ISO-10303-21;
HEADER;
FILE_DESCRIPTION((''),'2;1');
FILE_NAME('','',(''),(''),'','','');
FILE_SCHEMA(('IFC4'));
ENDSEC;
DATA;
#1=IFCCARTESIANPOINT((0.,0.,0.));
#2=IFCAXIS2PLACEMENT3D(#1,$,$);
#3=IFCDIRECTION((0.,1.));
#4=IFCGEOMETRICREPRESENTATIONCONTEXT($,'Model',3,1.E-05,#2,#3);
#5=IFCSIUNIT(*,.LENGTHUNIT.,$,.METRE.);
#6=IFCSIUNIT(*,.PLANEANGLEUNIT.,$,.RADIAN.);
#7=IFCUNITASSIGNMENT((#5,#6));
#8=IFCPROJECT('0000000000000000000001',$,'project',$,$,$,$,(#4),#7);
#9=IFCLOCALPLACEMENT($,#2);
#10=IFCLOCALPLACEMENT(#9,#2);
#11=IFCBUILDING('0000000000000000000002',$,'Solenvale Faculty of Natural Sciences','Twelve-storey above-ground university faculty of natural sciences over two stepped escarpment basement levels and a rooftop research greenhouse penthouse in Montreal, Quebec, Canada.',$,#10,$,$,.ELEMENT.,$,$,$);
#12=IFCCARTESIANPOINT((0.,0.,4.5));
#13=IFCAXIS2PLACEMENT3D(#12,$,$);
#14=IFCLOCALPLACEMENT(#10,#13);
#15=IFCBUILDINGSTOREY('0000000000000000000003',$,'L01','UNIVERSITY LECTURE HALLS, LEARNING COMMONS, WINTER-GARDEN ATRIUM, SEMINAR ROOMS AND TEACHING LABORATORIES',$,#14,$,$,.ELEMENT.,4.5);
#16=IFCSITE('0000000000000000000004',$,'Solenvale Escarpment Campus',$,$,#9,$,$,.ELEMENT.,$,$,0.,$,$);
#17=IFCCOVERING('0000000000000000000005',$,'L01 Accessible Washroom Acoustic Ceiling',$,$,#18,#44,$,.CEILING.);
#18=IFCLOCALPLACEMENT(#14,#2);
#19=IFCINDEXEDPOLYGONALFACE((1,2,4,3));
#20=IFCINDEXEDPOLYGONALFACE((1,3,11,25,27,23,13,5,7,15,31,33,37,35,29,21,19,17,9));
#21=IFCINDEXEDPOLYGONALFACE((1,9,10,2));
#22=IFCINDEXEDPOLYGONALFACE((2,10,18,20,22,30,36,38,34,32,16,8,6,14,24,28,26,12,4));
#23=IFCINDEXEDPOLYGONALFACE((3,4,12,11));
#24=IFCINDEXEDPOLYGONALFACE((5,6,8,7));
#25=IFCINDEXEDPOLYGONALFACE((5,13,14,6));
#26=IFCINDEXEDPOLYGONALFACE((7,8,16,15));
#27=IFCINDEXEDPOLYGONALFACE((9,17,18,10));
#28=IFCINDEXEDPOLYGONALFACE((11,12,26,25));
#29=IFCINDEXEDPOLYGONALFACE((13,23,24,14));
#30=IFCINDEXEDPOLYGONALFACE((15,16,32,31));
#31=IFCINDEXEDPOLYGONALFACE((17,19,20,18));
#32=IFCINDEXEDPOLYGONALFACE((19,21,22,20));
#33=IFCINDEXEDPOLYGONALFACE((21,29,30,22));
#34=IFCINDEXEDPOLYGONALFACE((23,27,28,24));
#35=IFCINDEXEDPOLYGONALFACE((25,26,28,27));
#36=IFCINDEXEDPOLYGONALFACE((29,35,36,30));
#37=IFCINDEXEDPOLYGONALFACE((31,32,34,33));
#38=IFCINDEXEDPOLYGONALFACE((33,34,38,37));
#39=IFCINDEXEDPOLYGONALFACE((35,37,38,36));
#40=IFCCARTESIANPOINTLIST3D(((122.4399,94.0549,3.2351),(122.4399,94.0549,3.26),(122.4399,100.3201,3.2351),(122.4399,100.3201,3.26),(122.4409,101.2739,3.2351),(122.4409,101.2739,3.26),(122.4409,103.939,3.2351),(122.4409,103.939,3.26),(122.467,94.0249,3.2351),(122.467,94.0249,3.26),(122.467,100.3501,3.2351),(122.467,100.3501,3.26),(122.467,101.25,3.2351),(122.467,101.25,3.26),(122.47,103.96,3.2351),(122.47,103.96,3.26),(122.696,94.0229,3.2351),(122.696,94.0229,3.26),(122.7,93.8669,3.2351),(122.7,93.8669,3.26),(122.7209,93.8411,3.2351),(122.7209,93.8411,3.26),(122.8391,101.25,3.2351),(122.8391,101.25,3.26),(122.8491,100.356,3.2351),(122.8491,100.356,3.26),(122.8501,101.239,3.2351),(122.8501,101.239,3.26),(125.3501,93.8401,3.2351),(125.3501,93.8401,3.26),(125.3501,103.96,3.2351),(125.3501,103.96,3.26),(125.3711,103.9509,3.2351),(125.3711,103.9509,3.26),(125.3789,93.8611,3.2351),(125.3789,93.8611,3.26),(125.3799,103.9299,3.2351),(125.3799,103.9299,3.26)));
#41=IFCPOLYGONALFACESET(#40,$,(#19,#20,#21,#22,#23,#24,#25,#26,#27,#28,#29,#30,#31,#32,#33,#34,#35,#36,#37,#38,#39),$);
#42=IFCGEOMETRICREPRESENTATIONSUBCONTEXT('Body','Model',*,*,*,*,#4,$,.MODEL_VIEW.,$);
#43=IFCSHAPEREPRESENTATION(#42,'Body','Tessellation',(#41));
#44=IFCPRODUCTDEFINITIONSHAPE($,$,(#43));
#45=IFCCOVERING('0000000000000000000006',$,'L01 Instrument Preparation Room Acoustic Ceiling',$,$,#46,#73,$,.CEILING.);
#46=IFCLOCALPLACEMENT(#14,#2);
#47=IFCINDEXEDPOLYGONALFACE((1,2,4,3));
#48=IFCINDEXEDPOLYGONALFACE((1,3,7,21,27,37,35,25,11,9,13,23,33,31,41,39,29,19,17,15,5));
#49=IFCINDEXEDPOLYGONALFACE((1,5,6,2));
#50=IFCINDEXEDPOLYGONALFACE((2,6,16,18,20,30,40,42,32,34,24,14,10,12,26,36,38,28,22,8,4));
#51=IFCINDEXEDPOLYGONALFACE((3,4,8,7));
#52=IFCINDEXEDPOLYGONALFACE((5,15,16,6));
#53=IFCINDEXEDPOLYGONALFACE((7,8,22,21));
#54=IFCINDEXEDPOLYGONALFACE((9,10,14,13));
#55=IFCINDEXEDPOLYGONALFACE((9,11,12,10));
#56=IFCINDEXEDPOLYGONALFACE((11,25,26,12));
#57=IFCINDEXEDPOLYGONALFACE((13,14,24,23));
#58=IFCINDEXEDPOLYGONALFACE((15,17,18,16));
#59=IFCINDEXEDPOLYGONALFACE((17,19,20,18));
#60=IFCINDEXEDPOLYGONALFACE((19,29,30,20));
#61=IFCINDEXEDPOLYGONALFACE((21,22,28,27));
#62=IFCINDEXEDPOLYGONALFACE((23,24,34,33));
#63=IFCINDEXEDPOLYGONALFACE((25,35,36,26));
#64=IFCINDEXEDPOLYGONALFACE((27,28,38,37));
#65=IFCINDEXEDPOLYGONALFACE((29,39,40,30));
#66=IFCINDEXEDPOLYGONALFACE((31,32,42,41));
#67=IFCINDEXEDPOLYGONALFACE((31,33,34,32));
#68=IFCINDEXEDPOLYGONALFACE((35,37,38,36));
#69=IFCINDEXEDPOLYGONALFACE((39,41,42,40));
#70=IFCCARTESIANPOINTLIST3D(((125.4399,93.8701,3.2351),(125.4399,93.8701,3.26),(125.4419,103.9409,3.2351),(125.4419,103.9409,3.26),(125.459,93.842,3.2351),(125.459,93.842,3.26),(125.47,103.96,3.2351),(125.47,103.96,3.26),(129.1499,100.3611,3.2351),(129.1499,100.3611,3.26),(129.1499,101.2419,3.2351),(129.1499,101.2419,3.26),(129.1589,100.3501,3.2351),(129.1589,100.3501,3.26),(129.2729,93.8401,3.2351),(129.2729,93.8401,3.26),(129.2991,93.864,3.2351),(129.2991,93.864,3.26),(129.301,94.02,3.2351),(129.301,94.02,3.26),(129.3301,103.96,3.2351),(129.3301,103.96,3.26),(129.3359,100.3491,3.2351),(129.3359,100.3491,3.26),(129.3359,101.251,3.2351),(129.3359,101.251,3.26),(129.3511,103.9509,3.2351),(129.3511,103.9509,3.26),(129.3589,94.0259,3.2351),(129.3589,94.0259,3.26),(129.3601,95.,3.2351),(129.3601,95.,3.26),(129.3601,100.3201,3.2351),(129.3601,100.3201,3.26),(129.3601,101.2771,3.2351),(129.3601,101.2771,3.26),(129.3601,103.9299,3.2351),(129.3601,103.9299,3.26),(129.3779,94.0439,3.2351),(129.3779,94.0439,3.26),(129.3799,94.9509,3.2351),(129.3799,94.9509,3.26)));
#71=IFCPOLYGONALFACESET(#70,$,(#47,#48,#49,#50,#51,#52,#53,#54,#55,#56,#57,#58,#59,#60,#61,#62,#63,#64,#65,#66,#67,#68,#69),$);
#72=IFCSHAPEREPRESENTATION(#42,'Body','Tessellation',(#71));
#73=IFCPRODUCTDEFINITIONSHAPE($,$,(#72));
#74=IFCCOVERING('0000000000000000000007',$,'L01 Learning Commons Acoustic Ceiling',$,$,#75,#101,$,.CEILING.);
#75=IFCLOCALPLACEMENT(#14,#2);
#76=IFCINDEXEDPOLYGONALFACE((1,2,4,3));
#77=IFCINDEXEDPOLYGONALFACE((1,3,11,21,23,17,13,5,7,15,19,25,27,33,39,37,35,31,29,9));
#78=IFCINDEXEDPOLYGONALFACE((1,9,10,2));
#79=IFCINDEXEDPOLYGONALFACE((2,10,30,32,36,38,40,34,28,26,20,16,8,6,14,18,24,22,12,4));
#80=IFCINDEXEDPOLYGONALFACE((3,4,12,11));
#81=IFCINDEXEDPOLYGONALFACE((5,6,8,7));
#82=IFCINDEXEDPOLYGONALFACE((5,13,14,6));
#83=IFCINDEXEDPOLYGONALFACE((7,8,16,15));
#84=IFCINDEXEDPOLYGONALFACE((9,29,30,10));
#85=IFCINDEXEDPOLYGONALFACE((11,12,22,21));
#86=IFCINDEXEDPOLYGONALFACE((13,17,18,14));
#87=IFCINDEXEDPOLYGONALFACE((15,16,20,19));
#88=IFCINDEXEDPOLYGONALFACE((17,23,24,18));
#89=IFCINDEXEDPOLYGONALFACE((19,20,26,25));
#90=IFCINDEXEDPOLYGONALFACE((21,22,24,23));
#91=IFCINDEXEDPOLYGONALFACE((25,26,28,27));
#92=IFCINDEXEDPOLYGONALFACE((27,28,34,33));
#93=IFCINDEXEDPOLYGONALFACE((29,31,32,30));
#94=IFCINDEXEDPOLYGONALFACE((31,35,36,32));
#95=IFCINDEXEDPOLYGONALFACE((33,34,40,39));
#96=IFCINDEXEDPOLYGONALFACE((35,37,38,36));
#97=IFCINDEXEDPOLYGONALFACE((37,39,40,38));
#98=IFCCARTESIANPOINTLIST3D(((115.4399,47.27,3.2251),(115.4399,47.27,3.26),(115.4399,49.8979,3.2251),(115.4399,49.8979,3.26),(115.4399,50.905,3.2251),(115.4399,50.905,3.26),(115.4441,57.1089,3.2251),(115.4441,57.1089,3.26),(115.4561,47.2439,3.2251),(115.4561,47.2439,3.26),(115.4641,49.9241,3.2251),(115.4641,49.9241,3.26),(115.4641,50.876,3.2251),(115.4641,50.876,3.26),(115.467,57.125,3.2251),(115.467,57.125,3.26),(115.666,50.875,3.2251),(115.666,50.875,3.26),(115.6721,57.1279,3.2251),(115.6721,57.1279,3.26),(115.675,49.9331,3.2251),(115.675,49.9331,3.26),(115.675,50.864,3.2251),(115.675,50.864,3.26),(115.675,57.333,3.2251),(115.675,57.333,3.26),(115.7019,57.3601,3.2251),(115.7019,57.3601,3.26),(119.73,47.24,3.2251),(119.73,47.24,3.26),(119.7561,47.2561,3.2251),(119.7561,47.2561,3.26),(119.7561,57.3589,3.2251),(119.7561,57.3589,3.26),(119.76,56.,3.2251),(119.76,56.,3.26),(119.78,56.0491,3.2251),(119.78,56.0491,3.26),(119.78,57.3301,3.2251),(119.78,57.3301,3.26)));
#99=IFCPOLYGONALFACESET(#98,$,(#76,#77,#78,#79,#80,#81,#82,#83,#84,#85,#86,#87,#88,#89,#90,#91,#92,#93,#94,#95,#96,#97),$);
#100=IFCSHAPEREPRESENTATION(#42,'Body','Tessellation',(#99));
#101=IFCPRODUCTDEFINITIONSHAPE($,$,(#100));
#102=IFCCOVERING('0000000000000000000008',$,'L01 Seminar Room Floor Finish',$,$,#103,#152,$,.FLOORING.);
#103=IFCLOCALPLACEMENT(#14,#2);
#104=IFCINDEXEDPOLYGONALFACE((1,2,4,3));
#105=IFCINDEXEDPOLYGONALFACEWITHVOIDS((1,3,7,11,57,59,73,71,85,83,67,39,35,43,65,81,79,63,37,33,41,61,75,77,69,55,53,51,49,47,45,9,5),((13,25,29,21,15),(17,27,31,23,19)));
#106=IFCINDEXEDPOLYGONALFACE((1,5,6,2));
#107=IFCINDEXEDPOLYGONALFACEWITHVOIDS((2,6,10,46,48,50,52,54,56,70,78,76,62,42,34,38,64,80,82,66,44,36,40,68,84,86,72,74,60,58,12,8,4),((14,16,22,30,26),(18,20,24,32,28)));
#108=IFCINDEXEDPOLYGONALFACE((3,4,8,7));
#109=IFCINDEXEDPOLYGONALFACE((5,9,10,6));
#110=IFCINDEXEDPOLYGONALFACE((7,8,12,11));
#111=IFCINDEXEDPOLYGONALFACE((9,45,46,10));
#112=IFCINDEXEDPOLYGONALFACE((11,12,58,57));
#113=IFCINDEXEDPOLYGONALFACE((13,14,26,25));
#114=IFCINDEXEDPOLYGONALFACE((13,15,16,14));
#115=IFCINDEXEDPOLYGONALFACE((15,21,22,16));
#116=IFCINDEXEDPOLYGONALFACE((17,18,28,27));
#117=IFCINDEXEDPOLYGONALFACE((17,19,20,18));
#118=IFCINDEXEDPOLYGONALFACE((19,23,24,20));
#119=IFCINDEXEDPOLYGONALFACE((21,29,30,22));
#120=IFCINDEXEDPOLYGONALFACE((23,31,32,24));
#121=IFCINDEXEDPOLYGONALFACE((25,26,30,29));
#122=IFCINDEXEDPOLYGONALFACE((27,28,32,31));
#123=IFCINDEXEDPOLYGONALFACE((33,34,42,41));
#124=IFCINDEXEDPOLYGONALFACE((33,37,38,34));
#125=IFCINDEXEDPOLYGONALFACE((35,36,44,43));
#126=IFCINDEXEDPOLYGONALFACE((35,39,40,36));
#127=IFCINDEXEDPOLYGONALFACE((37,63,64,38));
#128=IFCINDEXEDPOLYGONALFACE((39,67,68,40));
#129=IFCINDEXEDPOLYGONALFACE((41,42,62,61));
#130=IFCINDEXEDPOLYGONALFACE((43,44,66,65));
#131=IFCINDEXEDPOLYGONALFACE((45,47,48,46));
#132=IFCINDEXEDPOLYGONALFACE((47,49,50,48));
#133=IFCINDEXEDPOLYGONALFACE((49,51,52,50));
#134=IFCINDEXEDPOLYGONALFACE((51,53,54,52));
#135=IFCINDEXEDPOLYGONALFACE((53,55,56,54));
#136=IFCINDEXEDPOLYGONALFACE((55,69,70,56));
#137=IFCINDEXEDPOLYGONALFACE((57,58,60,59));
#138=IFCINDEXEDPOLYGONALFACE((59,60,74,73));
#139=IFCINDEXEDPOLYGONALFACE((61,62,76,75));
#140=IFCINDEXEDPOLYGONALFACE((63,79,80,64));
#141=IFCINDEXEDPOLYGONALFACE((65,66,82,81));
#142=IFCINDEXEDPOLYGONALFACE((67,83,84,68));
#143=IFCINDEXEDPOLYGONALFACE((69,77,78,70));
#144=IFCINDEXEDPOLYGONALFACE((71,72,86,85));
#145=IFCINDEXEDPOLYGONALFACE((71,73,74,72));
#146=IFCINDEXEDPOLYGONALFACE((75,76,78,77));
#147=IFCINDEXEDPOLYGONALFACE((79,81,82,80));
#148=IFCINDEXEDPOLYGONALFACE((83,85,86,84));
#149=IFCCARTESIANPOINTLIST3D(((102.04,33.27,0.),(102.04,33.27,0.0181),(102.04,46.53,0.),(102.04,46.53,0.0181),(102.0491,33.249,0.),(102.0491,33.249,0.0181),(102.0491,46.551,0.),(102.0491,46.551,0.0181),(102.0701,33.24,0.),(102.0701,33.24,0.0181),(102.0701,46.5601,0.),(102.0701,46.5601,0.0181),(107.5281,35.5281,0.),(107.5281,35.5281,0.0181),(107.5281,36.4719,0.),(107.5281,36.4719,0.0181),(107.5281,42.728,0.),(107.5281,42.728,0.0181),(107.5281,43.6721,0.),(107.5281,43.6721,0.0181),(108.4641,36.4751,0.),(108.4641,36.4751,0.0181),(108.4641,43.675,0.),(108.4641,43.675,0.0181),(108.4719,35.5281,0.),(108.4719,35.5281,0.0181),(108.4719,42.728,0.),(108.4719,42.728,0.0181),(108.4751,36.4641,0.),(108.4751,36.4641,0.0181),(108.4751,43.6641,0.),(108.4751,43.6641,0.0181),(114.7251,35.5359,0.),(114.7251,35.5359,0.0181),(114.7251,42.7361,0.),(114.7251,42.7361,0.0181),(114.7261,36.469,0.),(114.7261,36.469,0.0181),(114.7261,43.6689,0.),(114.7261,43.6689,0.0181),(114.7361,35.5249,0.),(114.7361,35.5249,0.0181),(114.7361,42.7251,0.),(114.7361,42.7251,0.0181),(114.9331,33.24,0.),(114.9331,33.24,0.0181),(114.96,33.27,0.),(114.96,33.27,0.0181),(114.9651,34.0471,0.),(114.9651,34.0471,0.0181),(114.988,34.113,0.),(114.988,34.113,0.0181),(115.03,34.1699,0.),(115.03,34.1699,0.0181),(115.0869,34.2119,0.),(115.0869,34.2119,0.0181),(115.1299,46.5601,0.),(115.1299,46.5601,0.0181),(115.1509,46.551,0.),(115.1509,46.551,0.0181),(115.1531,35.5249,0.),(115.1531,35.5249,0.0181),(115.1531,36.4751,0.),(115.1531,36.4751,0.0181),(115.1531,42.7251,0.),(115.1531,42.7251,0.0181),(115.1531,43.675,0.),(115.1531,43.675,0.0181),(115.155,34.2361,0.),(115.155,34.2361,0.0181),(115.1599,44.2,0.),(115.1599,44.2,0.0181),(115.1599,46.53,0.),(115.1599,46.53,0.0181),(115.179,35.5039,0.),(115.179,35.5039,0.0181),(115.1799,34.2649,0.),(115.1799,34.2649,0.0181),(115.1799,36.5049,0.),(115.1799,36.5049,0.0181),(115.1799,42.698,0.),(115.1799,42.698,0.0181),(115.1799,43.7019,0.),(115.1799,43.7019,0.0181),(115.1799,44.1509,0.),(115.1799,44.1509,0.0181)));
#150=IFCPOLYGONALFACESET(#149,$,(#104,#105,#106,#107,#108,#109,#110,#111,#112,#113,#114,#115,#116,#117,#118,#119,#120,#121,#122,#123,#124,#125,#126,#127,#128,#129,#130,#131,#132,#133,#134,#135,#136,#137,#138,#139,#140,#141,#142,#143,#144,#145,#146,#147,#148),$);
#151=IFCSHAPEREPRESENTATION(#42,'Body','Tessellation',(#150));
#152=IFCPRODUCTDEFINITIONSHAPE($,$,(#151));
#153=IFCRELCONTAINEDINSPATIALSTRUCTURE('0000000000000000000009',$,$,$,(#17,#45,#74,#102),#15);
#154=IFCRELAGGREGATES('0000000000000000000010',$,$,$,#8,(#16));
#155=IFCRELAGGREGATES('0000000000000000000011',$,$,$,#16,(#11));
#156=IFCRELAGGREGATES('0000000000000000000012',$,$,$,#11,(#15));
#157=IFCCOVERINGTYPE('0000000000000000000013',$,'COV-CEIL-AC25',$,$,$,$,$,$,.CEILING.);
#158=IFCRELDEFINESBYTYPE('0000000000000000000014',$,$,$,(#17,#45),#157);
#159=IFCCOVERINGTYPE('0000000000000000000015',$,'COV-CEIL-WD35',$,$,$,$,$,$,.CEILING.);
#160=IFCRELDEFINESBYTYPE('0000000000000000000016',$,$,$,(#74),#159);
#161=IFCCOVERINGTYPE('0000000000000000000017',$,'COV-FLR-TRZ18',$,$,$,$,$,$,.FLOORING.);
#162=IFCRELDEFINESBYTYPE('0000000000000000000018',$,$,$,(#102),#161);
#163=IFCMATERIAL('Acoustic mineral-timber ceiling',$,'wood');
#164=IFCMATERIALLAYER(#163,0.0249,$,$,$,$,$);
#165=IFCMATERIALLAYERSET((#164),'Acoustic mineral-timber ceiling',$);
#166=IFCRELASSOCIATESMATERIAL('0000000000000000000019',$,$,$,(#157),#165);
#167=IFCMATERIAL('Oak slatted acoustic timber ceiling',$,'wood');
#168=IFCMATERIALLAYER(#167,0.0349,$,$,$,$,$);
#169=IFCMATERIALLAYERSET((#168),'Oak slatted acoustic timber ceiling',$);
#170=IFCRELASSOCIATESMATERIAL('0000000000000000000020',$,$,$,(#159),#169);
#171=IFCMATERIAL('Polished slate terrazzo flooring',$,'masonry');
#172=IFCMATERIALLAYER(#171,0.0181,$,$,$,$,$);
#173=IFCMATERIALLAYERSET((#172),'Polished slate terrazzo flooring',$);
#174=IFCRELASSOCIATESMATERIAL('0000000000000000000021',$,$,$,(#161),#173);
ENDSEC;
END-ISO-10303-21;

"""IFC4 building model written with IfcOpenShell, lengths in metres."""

from ifc_helpers import new_model, si_unit, direction, frame, origin, place, context, subcontext, project, spatial, polyline, outline, extrude, material, layer, layer_set, type_object, element, save


model = new_model("IFC4")

# Units and contexts
model_context = context("Model", 3, precision=1e-05, world=origin(), true_north=direction((0.0, 1.0)))
body_context = subcontext(model_context, "Body", "Model", "MODEL_VIEW")
ifc_project = project(units=[si_unit("LENGTHUNIT", "METRE"), si_unit("PLANEANGLEUNIT", "RADIAN")], contexts=[model_context])

# Site, building, storey
site_placement = place(None, origin())
site = spatial("IfcSite", under=ifc_project, at=site_placement, Name="Solenvale Escarpment Campus", CompositionType="ELEMENT", RefElevation=0.0)
building_placement = place(site_placement, origin())
building = spatial("IfcBuilding", under=site, at=building_placement, Name="Solenvale Faculty of Natural Sciences", Description="Twelve-storey above-ground university faculty of natural sciences over two stepped escarpment basement levels and a rooftop research greenhouse penthouse in Montreal, Quebec, Canada.", CompositionType="ELEMENT")
storey_placement = place(building_placement, frame((0.0, 0.0, 4.5)))
storey = spatial("IfcBuildingStorey", under=building, at=storey_placement, Name="L01", Description="UNIVERSITY LECTURE HALLS, LEARNING COMMONS, WINTER-GARDEN ATRIUM, SEMINAR ROOMS AND TEACHING LABORATORIES", CompositionType="ELEMENT", Elevation=4.5)

# Coverings
ifc_material_1 = material(Name="Acoustic mineral-timber ceiling", Category="wood")
ifc_layer_1 = layer(ifc_material_1, 0.0249)
ifc_layer_set_1 = layer_set([ifc_layer_1], Name="Acoustic mineral-timber ceiling")
covering_type_1 = type_object("IfcCoveringType", Name="COV-CEIL-AC25", PredefinedType="CEILING", material=ifc_layer_set_1)
covering_1_placement = place(storey_placement, frame((0.0, 0.0, 3.2351)))
element("IfcCovering", 1, at=covering_1_placement, inside=storey, type_object=covering_type_1, Name="L01 Accessible Washroom Acoustic Ceiling", PredefinedType="CEILING", context=body_context, shape_type="SweptSolid", body=[
    extrude(outline(polyline([(125.3501, 103.96), (125.3711, 103.9509), (125.3799, 103.9299), (125.3789, 93.8611), (125.3501, 93.8401), (122.7209, 93.8411), (122.7, 93.8669), (122.696, 94.0229), (122.467, 94.0249), (122.4399, 94.0549), (122.4399, 100.3201), (122.467, 100.3501), (122.8491, 100.356), (122.8501, 101.239), (122.8391, 101.25), (122.467, 101.25), (122.4409, 101.2739), (122.4409, 103.939), (122.47, 103.96), (125.3501, 103.96)])), origin(), (0.0, 0.0, 1.0), 0.0249),
])
covering_2_placement = place(storey_placement, frame((0.0, 0.0, 3.2351)))
element("IfcCovering", 2, at=covering_2_placement, inside=storey, type_object=covering_type_1, Name="L01 Instrument Preparation Room Acoustic Ceiling", PredefinedType="CEILING", context=body_context, shape_type="SweptSolid", body=[
    extrude(outline(polyline([(129.3301, 103.96), (129.3511, 103.9509), (129.3601, 103.9299), (129.3601, 101.2771), (129.3359, 101.251), (129.1499, 101.2419), (129.1499, 100.3611), (129.1589, 100.3501), (129.3359, 100.3491), (129.3601, 100.3201), (129.3601, 95.0), (129.3799, 94.9509), (129.3779, 94.0439), (129.3589, 94.0259), (129.301, 94.02), (129.2991, 93.864), (129.2729, 93.8401), (125.459, 93.842), (125.4399, 93.8701), (125.4419, 103.9409), (125.47, 103.96), (129.3301, 103.96)])), origin(), (0.0, 0.0, 1.0), 0.0249),
])
ifc_material_2 = material(Name="Oak slatted acoustic timber ceiling", Category="wood")
ifc_layer_2 = layer(ifc_material_2, 0.0349)
ifc_layer_set_2 = layer_set([ifc_layer_2], Name="Oak slatted acoustic timber ceiling")
covering_type_2 = type_object("IfcCoveringType", Name="COV-CEIL-WD35", PredefinedType="CEILING", material=ifc_layer_set_2)
covering_3_placement = place(storey_placement, frame((0.0, 0.0, 3.2251)))
element("IfcCovering", 3, at=covering_3_placement, inside=storey, type_object=covering_type_2, Name="L01 Learning Commons Acoustic Ceiling", PredefinedType="CEILING", context=body_context, shape_type="SweptSolid", body=[
    extrude(outline(polyline([(119.78, 56.0491), (119.76, 56.0), (119.7561, 47.2561), (119.73, 47.24), (115.4561, 47.2439), (115.4399, 47.27), (115.4399, 49.8979), (115.4641, 49.9241), (115.675, 49.9331), (115.675, 50.864), (115.666, 50.875), (115.4641, 50.876), (115.4399, 50.905), (115.4441, 57.1089), (115.467, 57.125), (115.6721, 57.1279), (115.675, 57.333), (115.7019, 57.3601), (119.7561, 57.3589), (119.78, 57.3301), (119.78, 56.0491)])), origin(), (0.0, 0.0, 1.0), 0.0349),
])
ifc_material_3 = material(Name="Polished slate terrazzo flooring", Category="masonry")
ifc_layer_3 = layer(ifc_material_3, 0.0181)
ifc_layer_set_3 = layer_set([ifc_layer_3], Name="Polished slate terrazzo flooring")
covering_type_3 = type_object("IfcCoveringType", Name="COV-FLR-TRZ18", PredefinedType="FLOORING", material=ifc_layer_set_3)
covering_4_placement = place(storey_placement, origin())
element("IfcCovering", 4, at=covering_4_placement, inside=storey, type_object=covering_type_3, Name="L01 Seminar Room Floor Finish", PredefinedType="FLOORING", context=body_context, shape_type="SweptSolid", body=[
    extrude(outline(polyline([(115.155, 34.2361), (115.0869, 34.2119), (115.03, 34.1699), (114.988, 34.113), (114.9651, 34.0471), (114.96, 33.27), (114.9331, 33.24), (102.0701, 33.24), (102.0491, 33.249), (102.04, 33.27), (102.04, 46.53), (102.0491, 46.551), (102.0701, 46.5601), (115.1299, 46.5601), (115.1509, 46.551), (115.1599, 46.53), (115.1599, 44.2), (115.1799, 44.1509), (115.1799, 43.7019), (115.1531, 43.675), (114.7261, 43.6689), (114.7251, 42.7361), (114.7361, 42.7251), (115.1531, 42.7251), (115.1799, 42.698), (115.1799, 36.5049), (115.1531, 36.4751), (114.7261, 36.469), (114.7251, 35.5359), (114.7361, 35.5249), (115.1531, 35.5249), (115.179, 35.5039), (115.1799, 34.2649), (115.155, 34.2361)]), holes=[polyline([(108.4751, 36.4641), (108.4641, 36.4751), (107.5281, 36.4719), (107.5281, 35.5281), (108.4719, 35.5281), (108.4751, 36.4641)]), polyline([(108.4751, 43.6641), (108.4641, 43.675), (107.5281, 43.6721), (107.5281, 42.728), (108.4719, 42.728), (108.4751, 43.6641)])]), origin(), (0.0, 0.0, 1.0), 0.0181),
])

save(model, "model.ifc")
